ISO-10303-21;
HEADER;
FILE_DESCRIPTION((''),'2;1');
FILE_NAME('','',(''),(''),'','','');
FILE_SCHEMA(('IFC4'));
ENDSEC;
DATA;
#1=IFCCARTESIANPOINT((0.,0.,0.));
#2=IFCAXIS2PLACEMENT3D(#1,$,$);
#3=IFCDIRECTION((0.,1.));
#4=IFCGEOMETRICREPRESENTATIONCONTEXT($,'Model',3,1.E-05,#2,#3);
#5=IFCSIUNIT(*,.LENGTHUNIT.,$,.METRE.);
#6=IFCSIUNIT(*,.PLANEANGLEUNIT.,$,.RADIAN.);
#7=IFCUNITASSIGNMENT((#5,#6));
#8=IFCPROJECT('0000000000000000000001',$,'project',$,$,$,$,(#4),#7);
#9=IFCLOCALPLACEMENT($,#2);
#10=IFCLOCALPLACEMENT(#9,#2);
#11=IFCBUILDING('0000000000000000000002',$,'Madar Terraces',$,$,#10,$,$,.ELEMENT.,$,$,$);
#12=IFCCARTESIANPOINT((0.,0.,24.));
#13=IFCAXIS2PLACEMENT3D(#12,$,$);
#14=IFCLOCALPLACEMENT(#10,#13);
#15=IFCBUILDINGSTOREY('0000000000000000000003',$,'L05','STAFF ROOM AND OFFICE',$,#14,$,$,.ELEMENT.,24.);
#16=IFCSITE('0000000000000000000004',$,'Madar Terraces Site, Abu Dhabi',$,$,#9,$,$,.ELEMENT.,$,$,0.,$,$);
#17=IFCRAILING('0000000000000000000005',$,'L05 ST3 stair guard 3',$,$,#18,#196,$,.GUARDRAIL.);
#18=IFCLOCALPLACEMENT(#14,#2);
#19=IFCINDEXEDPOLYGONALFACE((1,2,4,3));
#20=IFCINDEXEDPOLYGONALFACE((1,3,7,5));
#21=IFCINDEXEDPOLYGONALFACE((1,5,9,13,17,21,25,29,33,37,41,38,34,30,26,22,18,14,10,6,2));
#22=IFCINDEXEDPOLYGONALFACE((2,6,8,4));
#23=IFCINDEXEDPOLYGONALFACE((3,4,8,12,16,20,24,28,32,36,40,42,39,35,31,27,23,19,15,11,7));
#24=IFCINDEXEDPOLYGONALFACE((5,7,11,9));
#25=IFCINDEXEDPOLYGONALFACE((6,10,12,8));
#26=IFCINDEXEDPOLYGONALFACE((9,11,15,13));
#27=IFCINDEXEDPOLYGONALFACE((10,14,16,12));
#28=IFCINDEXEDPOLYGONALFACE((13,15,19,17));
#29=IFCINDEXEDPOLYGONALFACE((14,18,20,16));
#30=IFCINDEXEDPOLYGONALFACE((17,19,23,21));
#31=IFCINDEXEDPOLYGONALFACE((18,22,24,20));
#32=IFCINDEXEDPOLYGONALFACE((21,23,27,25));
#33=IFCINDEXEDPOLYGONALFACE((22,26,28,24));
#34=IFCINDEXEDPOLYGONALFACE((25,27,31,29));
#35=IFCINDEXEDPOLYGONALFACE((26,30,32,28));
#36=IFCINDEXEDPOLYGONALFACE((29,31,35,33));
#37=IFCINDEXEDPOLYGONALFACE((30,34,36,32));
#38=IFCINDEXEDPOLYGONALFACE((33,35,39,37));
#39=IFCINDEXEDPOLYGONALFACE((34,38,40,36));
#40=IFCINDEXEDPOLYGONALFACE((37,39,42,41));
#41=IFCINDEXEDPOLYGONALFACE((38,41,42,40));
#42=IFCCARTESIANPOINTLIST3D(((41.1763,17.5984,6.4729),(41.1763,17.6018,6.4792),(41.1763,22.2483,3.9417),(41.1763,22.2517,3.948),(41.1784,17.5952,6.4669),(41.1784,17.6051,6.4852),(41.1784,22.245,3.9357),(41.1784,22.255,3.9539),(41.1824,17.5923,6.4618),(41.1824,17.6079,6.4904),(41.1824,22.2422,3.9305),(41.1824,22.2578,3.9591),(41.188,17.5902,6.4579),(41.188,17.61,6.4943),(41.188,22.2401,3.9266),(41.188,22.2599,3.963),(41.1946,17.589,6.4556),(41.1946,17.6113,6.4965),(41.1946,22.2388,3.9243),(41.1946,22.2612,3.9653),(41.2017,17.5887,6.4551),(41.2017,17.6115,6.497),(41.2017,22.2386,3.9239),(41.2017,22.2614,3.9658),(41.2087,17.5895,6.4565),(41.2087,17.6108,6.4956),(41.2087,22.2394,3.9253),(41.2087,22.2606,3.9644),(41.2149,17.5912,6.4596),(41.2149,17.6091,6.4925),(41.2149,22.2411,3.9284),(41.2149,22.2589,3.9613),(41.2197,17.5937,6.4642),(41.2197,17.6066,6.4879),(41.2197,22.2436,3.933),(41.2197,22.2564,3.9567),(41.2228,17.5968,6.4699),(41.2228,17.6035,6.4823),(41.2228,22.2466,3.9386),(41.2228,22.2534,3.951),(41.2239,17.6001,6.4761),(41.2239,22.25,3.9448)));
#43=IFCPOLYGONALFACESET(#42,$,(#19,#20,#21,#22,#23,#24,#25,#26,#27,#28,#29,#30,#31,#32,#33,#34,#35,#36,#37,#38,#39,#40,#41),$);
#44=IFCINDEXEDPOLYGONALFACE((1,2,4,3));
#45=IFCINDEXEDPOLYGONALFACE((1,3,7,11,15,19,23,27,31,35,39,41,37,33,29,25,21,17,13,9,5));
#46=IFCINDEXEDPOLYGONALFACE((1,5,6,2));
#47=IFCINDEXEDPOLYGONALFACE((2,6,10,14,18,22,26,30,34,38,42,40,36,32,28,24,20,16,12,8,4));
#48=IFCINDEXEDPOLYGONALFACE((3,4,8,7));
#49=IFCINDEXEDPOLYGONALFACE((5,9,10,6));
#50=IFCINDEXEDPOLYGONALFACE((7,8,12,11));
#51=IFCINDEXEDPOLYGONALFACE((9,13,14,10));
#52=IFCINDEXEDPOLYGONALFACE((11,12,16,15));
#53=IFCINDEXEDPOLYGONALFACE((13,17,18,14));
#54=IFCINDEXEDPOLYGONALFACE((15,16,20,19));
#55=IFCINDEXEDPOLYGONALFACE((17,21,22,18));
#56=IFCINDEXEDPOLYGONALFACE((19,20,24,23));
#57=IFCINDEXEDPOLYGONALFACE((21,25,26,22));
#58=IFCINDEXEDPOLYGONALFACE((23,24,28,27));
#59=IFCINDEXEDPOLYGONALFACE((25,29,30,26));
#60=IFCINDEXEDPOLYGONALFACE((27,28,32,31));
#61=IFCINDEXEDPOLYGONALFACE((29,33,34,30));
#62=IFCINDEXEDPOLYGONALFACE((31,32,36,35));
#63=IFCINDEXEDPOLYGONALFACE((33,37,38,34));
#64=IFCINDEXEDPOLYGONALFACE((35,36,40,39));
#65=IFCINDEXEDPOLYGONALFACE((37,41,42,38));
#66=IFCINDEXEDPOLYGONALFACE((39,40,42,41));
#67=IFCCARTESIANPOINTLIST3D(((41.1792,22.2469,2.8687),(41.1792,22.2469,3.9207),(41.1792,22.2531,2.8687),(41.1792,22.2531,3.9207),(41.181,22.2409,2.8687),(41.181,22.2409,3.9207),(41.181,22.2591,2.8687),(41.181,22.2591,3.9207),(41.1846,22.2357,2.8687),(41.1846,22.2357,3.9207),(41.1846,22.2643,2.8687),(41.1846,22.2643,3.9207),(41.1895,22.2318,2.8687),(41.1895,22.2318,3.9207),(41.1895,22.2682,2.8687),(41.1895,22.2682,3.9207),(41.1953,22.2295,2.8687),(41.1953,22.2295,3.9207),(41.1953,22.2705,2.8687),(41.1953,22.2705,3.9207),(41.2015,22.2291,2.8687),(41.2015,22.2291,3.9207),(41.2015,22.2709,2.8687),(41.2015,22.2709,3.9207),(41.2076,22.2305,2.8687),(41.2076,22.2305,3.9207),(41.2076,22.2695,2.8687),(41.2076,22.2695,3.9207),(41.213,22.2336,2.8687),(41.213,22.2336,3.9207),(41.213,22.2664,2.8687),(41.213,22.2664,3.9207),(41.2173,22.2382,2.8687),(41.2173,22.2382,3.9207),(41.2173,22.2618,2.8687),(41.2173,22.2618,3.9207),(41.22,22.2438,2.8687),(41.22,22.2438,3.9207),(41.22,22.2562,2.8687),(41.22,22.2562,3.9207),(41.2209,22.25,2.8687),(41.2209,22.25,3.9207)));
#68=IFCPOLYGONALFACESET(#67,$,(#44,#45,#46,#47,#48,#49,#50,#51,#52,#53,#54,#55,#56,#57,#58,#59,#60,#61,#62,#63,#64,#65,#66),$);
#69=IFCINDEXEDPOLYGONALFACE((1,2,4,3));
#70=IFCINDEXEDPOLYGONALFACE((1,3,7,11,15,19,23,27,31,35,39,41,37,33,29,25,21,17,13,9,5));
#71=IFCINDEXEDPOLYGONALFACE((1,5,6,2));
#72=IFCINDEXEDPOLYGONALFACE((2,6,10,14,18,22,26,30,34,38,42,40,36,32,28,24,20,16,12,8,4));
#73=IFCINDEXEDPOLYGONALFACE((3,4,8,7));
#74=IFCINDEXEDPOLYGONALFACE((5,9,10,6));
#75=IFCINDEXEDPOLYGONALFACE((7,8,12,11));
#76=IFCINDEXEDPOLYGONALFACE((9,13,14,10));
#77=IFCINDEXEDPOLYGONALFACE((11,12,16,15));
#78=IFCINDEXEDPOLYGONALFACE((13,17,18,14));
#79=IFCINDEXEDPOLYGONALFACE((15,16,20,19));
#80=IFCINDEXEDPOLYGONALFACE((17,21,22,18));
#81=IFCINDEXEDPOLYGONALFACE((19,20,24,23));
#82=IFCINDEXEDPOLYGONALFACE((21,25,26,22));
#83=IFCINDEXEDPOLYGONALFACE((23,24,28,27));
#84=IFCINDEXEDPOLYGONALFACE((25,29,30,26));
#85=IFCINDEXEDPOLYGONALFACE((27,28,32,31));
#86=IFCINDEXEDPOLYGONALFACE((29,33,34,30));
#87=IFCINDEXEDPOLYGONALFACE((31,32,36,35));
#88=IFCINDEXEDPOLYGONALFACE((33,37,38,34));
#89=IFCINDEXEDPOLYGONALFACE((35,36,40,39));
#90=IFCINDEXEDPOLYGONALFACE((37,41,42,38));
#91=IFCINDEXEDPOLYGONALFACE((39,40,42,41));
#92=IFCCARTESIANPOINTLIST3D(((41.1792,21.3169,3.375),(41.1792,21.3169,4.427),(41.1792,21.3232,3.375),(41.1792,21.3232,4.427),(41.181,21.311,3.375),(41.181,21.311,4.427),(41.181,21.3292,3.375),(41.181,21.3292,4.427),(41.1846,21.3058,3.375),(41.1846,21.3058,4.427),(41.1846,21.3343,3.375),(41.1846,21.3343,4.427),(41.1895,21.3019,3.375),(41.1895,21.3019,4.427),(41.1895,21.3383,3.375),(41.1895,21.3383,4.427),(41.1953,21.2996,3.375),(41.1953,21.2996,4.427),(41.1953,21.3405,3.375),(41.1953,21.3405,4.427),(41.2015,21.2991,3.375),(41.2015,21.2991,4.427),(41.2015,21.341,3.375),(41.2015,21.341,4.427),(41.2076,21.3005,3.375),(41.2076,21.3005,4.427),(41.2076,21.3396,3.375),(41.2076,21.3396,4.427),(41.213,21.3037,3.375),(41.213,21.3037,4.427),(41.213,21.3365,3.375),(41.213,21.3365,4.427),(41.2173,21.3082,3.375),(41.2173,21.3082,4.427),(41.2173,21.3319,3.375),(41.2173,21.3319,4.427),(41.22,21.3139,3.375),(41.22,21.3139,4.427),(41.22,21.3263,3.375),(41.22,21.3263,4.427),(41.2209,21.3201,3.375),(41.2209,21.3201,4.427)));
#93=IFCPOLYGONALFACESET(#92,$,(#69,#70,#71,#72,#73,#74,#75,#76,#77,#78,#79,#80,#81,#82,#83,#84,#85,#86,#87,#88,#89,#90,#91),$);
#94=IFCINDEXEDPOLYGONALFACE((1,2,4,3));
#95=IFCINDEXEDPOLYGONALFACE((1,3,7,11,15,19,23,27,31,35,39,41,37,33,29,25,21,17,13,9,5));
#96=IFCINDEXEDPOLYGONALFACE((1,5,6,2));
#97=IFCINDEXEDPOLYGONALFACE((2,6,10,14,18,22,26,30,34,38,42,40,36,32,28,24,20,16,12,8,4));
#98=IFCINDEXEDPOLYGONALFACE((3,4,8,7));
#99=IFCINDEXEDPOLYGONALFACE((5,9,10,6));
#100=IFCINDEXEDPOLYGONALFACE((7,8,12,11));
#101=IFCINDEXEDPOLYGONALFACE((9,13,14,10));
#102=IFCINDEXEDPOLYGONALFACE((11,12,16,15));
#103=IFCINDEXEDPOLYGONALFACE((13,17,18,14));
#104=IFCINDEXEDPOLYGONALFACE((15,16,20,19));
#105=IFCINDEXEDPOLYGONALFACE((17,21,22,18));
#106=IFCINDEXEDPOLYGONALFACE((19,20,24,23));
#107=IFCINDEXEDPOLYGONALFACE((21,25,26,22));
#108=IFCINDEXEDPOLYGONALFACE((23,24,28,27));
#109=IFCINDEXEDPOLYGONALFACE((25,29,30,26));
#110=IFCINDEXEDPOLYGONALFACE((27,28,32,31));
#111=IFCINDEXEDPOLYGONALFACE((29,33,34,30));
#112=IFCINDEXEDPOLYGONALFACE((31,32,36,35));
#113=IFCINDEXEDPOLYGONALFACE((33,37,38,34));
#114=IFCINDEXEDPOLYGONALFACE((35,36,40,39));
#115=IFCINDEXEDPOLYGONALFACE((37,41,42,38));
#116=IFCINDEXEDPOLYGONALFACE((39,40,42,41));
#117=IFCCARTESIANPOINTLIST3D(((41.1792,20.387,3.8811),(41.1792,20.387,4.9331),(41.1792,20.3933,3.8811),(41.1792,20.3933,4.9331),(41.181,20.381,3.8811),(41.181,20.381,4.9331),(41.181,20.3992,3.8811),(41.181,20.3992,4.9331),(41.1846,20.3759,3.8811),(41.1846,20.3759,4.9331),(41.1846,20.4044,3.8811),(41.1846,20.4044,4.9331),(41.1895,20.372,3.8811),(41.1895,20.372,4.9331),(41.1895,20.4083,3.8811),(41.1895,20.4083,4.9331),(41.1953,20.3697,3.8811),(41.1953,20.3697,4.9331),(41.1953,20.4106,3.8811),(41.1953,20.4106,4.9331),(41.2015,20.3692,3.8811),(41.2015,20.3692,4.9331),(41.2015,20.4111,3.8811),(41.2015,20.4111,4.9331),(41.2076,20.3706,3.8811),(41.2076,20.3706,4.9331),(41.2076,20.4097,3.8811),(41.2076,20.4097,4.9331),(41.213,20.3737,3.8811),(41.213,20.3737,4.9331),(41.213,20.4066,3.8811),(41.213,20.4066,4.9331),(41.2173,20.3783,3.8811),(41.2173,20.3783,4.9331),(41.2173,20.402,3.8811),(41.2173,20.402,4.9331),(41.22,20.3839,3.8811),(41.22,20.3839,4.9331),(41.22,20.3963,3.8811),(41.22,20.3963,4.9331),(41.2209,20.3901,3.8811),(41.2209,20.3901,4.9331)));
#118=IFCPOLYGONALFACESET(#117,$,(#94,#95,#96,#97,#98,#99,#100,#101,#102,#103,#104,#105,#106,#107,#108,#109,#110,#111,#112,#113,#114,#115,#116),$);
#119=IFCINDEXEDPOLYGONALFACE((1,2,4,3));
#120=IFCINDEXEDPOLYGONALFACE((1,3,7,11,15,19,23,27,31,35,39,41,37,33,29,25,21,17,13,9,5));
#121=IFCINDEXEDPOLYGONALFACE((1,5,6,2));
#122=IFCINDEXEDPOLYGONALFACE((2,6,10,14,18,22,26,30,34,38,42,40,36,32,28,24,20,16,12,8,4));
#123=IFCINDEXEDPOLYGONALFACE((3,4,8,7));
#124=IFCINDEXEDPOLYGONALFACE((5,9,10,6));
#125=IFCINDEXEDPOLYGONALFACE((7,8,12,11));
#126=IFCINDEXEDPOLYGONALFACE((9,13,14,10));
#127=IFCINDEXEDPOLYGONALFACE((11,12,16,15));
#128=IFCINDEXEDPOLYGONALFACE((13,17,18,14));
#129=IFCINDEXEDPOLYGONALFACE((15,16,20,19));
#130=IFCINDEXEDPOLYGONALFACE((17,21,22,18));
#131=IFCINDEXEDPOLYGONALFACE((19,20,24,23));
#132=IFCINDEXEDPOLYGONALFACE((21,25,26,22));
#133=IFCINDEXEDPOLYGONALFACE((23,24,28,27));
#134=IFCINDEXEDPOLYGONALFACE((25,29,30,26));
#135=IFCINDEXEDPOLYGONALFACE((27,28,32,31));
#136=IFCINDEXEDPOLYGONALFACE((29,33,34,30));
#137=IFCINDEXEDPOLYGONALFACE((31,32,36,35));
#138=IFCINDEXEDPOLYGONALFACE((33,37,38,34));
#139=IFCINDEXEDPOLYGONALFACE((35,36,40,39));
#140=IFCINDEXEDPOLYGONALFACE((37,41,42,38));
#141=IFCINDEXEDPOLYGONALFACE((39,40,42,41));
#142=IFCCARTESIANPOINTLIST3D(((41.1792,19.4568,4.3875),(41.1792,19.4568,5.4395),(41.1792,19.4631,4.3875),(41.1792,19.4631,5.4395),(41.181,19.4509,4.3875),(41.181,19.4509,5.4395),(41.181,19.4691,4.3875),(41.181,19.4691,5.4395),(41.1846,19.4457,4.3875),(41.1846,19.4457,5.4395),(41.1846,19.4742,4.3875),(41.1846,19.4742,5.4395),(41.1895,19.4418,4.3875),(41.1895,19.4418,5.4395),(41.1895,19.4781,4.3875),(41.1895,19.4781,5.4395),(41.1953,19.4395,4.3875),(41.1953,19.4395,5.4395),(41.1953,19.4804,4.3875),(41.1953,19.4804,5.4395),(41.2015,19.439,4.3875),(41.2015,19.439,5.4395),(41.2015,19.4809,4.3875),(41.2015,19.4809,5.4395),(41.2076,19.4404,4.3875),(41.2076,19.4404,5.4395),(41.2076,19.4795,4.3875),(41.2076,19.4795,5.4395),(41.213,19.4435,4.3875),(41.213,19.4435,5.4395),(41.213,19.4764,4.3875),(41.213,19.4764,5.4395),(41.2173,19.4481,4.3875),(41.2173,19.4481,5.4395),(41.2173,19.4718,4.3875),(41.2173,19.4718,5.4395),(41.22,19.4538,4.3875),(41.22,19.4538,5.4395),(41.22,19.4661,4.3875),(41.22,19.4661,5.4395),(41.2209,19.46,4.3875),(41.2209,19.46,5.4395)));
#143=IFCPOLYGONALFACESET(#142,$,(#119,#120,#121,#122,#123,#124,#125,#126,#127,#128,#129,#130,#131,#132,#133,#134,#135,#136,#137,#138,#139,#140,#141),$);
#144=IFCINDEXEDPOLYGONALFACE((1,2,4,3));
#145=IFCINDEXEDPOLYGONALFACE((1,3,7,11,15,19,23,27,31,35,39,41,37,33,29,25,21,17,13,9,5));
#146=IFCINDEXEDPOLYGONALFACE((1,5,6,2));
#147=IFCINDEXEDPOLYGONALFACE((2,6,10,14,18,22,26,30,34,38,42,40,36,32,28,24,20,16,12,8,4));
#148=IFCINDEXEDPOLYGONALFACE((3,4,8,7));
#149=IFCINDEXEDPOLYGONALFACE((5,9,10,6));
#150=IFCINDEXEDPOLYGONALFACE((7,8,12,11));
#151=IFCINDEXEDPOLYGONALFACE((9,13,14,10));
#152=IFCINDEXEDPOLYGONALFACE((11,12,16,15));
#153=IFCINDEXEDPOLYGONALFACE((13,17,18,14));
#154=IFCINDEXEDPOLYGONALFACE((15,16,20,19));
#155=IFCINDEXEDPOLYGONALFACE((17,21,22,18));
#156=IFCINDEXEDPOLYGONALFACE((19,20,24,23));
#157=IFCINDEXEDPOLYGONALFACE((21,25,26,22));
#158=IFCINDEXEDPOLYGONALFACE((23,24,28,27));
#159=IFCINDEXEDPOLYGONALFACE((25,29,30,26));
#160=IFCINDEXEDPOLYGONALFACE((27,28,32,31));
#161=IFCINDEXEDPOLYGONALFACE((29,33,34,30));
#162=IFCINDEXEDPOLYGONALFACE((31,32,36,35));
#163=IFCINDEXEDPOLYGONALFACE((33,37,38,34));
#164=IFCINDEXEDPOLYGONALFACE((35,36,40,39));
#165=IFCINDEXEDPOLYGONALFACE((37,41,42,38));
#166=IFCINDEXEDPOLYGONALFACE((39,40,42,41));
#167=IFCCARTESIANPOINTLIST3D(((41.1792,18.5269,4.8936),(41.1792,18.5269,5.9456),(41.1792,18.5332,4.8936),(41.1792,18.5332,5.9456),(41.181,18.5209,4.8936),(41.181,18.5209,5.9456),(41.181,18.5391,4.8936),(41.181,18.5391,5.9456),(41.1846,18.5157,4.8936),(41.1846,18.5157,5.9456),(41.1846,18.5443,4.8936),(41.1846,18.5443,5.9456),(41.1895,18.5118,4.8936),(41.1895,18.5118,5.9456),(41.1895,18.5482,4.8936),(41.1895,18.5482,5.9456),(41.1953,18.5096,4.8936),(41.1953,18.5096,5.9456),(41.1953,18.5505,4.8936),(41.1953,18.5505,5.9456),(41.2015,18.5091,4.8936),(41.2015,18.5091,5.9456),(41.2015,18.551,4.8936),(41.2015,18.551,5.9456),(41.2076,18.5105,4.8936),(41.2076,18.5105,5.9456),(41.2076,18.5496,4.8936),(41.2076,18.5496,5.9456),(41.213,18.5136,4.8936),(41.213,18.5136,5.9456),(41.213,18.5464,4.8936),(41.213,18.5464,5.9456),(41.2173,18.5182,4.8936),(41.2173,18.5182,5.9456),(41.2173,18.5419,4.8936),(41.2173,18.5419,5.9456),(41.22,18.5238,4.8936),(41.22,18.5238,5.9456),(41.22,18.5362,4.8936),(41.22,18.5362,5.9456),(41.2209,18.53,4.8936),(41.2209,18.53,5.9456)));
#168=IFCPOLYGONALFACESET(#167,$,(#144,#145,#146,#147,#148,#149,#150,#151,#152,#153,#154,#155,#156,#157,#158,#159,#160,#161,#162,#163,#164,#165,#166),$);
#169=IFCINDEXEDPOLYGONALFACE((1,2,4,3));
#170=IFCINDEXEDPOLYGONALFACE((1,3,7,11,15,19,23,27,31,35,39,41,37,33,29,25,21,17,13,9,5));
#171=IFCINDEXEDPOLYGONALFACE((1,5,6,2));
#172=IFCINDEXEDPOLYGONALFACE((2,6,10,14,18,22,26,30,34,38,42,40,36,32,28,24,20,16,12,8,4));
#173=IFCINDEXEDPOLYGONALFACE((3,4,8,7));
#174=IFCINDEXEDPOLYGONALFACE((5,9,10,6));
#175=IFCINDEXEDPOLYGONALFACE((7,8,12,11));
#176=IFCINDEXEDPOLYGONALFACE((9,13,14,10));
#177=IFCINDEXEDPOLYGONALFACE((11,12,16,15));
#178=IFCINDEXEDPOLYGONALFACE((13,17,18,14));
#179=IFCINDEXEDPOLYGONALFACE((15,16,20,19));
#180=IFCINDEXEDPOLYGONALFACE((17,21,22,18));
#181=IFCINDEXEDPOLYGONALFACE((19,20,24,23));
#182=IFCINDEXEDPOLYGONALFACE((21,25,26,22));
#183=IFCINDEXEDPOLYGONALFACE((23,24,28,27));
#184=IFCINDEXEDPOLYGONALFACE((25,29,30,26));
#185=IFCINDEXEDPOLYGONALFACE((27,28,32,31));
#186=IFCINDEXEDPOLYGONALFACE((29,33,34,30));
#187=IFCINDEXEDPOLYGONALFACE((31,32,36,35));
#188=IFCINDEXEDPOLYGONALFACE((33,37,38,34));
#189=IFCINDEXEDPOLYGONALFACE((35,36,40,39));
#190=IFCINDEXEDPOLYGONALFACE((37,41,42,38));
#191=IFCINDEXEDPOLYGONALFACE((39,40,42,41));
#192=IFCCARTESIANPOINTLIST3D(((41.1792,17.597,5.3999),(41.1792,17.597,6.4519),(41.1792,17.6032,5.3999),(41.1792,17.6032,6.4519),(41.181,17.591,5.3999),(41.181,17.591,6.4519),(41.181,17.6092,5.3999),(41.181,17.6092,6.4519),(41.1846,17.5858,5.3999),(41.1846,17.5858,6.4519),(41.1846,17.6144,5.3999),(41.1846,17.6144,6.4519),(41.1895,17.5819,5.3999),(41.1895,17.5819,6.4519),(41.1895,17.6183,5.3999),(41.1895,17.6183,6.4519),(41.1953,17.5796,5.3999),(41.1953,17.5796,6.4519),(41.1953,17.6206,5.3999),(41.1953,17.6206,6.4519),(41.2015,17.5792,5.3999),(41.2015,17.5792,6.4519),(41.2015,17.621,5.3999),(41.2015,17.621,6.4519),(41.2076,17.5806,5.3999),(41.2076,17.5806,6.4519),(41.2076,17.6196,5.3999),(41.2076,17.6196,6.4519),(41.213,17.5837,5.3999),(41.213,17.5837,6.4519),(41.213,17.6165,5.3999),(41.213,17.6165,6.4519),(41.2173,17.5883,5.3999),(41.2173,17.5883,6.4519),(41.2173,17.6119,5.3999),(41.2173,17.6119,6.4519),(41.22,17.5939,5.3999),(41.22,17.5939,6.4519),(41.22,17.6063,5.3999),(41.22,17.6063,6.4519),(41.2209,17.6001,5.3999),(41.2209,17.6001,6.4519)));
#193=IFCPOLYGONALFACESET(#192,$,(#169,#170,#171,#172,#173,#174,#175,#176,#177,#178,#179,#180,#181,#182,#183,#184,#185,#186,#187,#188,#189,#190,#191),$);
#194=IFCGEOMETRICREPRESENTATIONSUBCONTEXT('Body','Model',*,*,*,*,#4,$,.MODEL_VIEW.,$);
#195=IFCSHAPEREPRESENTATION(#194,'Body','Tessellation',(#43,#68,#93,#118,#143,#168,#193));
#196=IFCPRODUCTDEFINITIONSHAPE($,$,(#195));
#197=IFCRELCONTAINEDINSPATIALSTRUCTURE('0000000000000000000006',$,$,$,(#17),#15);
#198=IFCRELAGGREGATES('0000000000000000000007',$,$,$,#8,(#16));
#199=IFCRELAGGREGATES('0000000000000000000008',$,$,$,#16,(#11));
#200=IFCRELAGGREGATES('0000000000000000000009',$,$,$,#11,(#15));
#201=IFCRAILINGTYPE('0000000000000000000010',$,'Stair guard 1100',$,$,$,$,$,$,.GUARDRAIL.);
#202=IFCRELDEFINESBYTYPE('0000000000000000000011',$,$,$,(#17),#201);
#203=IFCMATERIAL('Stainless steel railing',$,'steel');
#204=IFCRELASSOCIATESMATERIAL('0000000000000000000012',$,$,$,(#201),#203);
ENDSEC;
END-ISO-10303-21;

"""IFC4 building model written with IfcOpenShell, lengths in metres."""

from ifc_helpers import new_model, si_unit, direction, frame, origin, origin_2d, place, context, subcontext, project, spatial, circle, extrude, material, type_object, element, save


model = new_model("IFC4")

# Units and contexts
model_context = context("Model", 3, precision=1e-05, world=origin(), true_north=direction((0.0, 1.0)))
body_context = subcontext(model_context, "Body", "Model", "MODEL_VIEW")
ifc_project = project(units=[si_unit("LENGTHUNIT", "METRE"), si_unit("PLANEANGLEUNIT", "RADIAN")], contexts=[model_context])

# Site, building, storey
site_placement = place(None, origin())
site = spatial("IfcSite", under=ifc_project, at=site_placement, Name="Madar Terraces Site, Abu Dhabi", CompositionType="ELEMENT", RefElevation=0.0)
building_placement = place(site_placement, origin())
building = spatial("IfcBuilding", under=site, at=building_placement, Name="Madar Terraces", CompositionType="ELEMENT")
storey_placement = place(building_placement, frame((0.0, 0.0, 24.0)))
storey = spatial("IfcBuildingStorey", under=building, at=storey_placement, Name="L05", Description="STAFF ROOM AND OFFICE", CompositionType="ELEMENT", Elevation=24.0)

# Railing
ifc_material_1 = material(Name="Stainless steel railing", Category="steel")
railing_type_1 = type_object("IfcRailingType", Name="Stair guard 1100", PredefinedType="GUARDRAIL", material=ifc_material_1)
railing_1_placement = place(storey_placement, frame((41.2, 22.25, 2.8687)))
element("IfcRailing", 1, at=railing_1_placement, inside=storey, type_object=railing_type_1, Name="L05 ST3 stair guard 3", PredefinedType="GUARDRAIL", context=body_context, shape_type="SweptSolid", body=[
    extrude(circle(Radius=0.0239, at=origin_2d()), frame((0.0, 0.0, 1.0762), z_axis=(0.0, -0.878297, 0.478115), x_axis=(1.0, 0.0, 0.0)), (0.0, 0.0, 1.0), 5.2942),
    extrude(circle(Radius=0.021, at=origin_2d()), origin(), (0.0, 0.0, 1.0), 1.052),
    extrude(circle(Radius=0.021, at=origin_2d()), frame((0.0, -0.9299, 0.5063)), (0.0, 0.0, 1.0), 1.052),
    extrude(circle(Radius=0.021, at=origin_2d()), frame((0.0, -1.8599, 1.0125)), (0.0, 0.0, 1.0), 1.052),
    extrude(circle(Radius=0.021, at=origin_2d()), frame((0.0, -2.79, 1.5188)), (0.0, 0.0, 1.0), 1.052),
    extrude(circle(Radius=0.021, at=origin_2d()), frame((0.0, -3.72, 2.0249)), (0.0, 0.0, 1.0), 1.052),
    extrude(circle(Radius=0.021, at=origin_2d()), frame((0.0, -4.6499, 2.5312)), (0.0, 0.0, 1.0), 1.052),
])

save(model, "model.ifc")
